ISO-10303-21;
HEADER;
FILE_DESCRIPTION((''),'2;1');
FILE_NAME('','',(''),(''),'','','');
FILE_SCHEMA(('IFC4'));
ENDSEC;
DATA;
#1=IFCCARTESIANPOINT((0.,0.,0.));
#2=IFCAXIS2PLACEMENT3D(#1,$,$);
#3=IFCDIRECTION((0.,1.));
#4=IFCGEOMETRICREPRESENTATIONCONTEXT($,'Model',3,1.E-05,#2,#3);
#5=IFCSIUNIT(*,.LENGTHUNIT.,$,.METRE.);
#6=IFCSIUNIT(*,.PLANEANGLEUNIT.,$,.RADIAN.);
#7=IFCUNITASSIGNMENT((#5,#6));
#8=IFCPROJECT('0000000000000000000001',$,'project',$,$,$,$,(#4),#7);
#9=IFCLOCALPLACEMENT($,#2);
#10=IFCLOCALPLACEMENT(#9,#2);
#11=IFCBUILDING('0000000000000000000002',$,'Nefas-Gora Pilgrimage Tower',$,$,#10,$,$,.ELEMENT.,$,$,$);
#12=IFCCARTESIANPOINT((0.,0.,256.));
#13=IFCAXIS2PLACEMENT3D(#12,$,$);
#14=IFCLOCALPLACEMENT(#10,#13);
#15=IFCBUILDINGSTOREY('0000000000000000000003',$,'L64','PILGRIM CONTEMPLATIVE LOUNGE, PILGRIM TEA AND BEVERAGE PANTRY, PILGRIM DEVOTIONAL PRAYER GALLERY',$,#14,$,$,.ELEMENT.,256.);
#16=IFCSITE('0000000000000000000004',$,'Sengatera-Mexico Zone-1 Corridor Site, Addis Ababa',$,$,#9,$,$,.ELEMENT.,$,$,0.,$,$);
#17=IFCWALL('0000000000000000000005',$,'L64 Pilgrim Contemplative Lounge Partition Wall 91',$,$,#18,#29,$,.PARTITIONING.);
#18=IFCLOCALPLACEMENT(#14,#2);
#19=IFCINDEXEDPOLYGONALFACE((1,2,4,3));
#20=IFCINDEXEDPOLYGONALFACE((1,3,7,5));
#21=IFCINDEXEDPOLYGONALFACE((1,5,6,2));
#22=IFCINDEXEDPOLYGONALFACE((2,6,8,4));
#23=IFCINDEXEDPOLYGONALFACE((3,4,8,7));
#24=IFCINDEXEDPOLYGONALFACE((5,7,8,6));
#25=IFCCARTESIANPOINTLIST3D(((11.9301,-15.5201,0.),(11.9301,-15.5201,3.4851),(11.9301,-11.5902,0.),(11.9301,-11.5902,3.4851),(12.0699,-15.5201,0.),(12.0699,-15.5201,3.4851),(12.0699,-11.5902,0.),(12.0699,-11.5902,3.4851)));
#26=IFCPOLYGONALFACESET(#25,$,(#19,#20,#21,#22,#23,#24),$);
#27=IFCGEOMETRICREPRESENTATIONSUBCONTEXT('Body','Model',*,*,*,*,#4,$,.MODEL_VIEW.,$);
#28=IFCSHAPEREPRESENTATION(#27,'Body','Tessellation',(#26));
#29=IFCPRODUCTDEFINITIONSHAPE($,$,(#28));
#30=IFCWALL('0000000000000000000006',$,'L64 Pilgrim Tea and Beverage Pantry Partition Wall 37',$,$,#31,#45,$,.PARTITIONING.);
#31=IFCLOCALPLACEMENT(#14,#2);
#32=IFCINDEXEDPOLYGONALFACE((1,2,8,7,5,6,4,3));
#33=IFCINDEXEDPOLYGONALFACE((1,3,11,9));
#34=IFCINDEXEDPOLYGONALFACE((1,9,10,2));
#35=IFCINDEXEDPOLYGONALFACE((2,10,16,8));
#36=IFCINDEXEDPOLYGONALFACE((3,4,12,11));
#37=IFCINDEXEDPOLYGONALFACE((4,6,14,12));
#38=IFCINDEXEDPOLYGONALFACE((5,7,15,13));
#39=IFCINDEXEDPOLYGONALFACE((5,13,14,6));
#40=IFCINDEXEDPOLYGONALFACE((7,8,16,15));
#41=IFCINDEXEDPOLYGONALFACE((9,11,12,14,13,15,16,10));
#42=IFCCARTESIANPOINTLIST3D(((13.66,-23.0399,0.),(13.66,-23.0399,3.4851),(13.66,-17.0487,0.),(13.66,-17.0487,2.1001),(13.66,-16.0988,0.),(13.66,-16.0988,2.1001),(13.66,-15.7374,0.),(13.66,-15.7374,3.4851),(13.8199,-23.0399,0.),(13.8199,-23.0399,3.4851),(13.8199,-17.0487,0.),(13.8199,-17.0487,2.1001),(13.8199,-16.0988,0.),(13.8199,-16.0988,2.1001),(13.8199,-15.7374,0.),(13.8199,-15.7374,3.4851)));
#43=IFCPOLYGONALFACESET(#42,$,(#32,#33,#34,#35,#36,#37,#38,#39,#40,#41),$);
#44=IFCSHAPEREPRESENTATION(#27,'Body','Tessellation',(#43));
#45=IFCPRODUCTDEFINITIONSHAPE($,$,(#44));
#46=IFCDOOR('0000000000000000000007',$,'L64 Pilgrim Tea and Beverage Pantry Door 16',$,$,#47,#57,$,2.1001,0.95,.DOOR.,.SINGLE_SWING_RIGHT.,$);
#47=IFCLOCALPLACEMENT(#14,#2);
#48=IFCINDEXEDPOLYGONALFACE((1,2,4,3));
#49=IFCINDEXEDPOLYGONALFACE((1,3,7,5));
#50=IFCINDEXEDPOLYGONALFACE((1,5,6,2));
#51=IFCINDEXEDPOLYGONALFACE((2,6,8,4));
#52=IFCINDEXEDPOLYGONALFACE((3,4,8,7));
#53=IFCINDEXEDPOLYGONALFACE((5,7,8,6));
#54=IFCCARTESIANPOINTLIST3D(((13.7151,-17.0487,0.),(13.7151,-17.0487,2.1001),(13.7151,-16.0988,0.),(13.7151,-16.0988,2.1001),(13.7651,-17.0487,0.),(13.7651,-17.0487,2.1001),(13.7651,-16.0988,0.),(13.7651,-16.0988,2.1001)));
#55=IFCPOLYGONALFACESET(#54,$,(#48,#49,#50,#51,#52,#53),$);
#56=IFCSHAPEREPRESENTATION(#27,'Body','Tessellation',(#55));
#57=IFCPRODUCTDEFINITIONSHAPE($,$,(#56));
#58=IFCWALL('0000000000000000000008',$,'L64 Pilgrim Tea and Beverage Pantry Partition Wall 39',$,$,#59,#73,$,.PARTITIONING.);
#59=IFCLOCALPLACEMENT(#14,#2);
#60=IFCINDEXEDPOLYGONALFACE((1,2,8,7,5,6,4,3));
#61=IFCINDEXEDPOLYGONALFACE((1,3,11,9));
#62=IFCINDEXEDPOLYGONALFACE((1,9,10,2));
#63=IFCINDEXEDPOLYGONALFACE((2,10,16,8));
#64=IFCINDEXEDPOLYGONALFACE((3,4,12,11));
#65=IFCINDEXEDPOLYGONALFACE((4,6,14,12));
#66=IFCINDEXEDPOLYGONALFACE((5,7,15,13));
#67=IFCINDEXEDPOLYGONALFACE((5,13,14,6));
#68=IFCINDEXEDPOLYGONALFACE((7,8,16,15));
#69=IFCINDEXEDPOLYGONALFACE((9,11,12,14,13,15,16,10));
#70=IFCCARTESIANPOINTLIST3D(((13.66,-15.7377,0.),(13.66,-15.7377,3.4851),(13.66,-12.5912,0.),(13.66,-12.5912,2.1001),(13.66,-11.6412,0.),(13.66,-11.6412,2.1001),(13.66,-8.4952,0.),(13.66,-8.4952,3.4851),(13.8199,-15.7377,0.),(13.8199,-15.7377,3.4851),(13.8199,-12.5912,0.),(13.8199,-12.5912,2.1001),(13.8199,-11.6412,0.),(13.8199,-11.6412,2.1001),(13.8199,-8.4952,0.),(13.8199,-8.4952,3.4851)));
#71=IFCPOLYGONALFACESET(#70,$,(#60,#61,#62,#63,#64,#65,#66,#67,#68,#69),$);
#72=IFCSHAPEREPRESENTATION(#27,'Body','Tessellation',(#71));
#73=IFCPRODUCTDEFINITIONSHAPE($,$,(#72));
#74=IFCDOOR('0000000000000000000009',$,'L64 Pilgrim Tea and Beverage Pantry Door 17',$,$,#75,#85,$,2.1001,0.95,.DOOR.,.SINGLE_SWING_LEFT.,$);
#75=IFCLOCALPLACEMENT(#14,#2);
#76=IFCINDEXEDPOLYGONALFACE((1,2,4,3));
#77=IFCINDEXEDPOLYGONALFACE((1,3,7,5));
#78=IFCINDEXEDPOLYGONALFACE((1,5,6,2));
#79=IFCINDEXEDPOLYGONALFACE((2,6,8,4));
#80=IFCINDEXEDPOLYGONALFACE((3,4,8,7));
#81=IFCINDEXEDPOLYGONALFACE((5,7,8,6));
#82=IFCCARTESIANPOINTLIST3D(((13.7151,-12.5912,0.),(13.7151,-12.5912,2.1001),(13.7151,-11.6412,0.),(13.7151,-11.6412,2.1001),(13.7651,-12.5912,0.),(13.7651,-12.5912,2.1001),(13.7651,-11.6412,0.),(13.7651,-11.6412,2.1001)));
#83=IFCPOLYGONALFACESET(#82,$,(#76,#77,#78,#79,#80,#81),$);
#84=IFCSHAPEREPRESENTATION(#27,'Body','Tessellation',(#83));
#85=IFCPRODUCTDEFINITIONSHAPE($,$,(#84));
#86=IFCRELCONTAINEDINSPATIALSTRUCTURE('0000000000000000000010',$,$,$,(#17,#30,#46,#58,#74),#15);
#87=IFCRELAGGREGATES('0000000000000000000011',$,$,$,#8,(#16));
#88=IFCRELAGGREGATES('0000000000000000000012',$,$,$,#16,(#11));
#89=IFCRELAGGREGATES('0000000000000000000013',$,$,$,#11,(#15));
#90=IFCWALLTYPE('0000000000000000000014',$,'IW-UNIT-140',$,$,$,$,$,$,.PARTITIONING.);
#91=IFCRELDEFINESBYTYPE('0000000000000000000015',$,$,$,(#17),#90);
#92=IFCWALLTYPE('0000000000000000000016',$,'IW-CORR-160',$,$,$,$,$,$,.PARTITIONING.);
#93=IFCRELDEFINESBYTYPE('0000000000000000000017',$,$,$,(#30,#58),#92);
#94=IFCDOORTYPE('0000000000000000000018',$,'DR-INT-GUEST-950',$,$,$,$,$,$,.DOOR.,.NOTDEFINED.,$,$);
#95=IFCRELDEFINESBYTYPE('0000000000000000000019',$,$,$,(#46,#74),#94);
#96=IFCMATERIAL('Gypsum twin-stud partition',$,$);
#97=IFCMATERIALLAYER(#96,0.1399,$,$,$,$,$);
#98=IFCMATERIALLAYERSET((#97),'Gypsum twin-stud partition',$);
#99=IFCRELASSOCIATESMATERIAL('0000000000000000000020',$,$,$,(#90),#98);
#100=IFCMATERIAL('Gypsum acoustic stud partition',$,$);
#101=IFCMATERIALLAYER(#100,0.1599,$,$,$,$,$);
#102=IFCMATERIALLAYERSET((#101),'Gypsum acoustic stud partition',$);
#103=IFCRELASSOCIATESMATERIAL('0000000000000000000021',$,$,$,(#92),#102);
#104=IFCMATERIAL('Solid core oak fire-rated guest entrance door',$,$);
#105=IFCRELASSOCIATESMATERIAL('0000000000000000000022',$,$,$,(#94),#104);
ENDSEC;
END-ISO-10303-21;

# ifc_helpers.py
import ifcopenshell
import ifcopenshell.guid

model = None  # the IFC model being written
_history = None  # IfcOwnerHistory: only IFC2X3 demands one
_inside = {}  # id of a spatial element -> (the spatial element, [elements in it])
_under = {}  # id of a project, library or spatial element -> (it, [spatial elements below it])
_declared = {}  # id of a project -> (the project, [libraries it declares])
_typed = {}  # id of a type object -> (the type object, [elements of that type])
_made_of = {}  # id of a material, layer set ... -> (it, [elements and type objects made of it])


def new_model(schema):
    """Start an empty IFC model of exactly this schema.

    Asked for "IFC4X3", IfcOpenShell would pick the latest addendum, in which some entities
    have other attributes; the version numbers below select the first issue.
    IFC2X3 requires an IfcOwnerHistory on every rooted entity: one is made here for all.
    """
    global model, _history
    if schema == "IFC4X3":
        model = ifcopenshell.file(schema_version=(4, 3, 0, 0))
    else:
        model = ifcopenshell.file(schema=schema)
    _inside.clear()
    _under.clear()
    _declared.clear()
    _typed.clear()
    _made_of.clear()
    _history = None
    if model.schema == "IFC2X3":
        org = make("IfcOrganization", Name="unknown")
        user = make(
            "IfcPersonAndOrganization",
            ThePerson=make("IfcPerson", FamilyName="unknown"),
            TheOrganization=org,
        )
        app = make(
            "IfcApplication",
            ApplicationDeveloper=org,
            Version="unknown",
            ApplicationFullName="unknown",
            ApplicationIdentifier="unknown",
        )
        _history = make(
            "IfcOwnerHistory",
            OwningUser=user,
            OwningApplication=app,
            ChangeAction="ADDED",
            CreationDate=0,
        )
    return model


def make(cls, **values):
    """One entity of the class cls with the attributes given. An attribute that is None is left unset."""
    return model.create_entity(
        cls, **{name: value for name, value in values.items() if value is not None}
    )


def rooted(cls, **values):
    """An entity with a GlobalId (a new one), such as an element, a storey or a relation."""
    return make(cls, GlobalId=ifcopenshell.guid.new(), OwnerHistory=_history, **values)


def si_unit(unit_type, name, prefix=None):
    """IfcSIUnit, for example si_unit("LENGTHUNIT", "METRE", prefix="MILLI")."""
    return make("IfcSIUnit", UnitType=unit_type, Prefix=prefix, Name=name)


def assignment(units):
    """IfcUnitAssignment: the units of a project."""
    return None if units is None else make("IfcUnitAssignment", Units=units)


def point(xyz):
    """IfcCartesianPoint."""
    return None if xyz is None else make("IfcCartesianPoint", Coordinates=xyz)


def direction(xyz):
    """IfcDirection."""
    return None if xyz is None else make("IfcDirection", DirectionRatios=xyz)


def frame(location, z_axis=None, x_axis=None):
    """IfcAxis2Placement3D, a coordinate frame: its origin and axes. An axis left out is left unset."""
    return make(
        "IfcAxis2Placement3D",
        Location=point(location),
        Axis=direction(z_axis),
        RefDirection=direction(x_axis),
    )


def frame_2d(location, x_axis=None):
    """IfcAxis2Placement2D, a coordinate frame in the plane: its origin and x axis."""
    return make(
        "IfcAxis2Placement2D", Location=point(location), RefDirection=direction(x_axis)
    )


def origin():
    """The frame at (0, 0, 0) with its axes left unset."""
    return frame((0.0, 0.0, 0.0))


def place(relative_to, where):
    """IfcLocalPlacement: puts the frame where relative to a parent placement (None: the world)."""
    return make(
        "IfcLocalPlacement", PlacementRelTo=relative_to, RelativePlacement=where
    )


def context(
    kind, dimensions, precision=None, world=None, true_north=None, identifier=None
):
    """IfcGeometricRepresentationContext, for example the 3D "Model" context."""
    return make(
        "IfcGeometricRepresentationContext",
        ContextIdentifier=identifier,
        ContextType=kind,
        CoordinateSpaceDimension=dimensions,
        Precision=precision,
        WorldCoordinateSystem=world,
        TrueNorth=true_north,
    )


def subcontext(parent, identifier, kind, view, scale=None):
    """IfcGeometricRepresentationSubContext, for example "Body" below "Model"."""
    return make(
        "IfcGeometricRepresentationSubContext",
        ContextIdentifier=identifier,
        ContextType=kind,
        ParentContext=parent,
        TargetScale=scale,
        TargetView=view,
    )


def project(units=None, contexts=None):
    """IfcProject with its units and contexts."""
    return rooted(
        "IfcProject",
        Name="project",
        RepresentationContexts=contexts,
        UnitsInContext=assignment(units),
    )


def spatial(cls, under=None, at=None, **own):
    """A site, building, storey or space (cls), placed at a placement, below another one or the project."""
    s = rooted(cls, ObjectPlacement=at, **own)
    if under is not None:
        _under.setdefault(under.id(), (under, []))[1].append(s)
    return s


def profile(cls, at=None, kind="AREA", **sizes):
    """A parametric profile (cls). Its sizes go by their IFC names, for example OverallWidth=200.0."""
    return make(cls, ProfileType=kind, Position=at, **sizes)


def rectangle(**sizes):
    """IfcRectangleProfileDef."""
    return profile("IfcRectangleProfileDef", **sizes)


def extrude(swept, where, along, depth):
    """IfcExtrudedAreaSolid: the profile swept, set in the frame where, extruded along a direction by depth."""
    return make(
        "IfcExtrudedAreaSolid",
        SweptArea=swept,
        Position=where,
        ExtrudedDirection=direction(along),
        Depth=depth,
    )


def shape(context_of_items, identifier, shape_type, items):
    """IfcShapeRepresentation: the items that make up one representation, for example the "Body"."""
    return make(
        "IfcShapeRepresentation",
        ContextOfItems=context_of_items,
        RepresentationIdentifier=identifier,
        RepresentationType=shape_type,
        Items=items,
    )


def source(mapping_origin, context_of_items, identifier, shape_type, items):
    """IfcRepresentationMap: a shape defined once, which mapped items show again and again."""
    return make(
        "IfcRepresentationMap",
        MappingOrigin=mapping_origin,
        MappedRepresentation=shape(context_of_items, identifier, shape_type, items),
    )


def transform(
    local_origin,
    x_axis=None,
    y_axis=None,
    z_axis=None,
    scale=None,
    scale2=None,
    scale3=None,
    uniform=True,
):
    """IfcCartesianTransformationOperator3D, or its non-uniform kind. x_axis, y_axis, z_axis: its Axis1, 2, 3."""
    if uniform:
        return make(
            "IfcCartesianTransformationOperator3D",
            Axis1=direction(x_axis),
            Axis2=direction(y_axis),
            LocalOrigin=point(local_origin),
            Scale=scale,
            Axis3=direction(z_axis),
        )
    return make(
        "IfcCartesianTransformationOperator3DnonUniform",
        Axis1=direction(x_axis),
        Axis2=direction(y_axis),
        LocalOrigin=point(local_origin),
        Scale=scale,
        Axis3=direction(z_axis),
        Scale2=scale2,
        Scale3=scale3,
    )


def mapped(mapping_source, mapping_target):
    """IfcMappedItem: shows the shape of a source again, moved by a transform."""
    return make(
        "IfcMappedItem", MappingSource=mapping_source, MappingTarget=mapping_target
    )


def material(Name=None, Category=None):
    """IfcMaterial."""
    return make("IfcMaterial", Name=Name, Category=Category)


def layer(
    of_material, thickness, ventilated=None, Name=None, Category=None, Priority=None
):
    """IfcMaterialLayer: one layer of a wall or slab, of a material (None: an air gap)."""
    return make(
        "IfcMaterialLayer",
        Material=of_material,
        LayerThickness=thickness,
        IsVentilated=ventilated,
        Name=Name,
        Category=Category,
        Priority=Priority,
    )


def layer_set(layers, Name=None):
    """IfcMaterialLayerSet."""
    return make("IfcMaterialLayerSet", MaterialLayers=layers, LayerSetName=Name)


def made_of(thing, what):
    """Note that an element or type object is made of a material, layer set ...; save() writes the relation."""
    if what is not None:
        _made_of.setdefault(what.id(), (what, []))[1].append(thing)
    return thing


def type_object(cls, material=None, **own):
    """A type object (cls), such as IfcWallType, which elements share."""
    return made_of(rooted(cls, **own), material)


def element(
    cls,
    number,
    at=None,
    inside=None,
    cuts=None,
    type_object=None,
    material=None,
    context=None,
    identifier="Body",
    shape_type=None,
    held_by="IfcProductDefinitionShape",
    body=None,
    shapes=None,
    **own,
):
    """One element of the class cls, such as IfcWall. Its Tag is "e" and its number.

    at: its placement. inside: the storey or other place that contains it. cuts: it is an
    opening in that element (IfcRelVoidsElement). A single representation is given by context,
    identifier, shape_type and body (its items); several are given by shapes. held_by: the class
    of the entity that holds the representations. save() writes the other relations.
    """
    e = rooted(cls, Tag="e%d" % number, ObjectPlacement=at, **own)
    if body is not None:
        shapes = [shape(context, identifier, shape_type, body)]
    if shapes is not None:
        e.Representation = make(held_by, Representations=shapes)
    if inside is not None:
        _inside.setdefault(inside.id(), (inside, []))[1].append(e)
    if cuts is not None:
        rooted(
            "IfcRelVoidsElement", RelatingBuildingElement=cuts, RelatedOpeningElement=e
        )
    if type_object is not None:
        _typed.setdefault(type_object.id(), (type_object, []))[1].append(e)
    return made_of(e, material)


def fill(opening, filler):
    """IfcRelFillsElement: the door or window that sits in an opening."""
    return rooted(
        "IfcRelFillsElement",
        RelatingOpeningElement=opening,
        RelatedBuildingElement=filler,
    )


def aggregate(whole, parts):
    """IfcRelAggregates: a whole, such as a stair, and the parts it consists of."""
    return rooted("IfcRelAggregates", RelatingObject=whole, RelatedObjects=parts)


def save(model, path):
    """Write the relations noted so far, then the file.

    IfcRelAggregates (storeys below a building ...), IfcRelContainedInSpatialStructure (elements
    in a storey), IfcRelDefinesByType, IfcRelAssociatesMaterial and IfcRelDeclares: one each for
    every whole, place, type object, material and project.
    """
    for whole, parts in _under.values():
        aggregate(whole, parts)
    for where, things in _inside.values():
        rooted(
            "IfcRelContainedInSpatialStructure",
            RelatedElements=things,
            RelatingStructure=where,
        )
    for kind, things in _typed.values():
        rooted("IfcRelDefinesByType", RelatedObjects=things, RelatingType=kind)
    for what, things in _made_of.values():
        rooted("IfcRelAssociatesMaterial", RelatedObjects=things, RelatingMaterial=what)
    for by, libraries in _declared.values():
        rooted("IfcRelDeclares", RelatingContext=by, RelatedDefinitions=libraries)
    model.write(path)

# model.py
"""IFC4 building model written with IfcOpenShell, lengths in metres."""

from ifc_helpers import new_model, si_unit, direction, frame, frame_2d, origin, place, context, subcontext, project, spatial, rectangle, extrude, source, transform, mapped, material, layer, layer_set, type_object, element, fill, save


model = new_model("IFC4")

# Units and contexts
model_context = context("Model", 3, precision=1e-05, world=origin(), true_north=direction((0.0, 1.0)))
body_context = subcontext(model_context, "Body", "Model", "MODEL_VIEW")
ifc_project = project(units=[si_unit("LENGTHUNIT", "METRE"), si_unit("PLANEANGLEUNIT", "RADIAN")], contexts=[model_context])

# Site, building, storey
site_placement = place(None, origin())
site = spatial("IfcSite", under=ifc_project, at=site_placement, Name="Sengatera-Mexico Zone-1 Corridor Site, Addis Ababa", CompositionType="ELEMENT", RefElevation=0.0)
building_placement = place(site_placement, origin())
building = spatial("IfcBuilding", under=site, at=building_placement, Name="Nefas-Gora Pilgrimage Tower", CompositionType="ELEMENT")
storey_placement = place(building_placement, frame((0.0, 0.0, 256.0)))
storey = spatial("IfcBuildingStorey", under=building, at=storey_placement, Name="L64", Description="PILGRIM CONTEMPLATIVE LOUNGE, PILGRIM TEA AND BEVERAGE PANTRY, PILGRIM DEVOTIONAL PRAYER GALLERY", CompositionType="ELEMENT", Elevation=256.0)

# Wall
ifc_material_1 = material(Name="Gypsum twin-stud partition")
ifc_layer_1 = layer(ifc_material_1, 0.1399)
ifc_layer_set_1 = layer_set([ifc_layer_1], Name="Gypsum twin-stud partition")
wall_type_1 = type_object("IfcWallType", Name="IW-UNIT-140", PredefinedType="PARTITIONING", material=ifc_layer_set_1)
shared_shape_1 = source(origin(), body_context, "Body", "SweptSolid", [
    extrude(rectangle(XDim=3.9299, YDim=0.1399, at=frame_2d((1.9648, 0.0))), origin(), (0.0, 0.0, 1.0), 3.4851),
])
wall_1_placement = place(storey_placement, frame((12.0, -15.52, 0.0), z_axis=(0.0, 0.0, 1.0), x_axis=(0.0, 1.0, 0.0)))
element("IfcWall", 1, at=wall_1_placement, inside=storey, type_object=wall_type_1, Name="L64 Pilgrim Contemplative Lounge Partition Wall 91", PredefinedType="PARTITIONING", context=body_context, shape_type="MappedRepresentation", body=[
    mapped(shared_shape_1, transform((0.0, 0.0, 0.0), x_axis=(1.0, 0.0, 0.0), y_axis=(0.0, 1.0, 0.0), z_axis=(0.0, 0.0, 1.0), scale=1.0)),
])

# Walls, openings, doors
ifc_material_2 = material(Name="Gypsum acoustic stud partition")
ifc_layer_2 = layer(ifc_material_2, 0.1599)
ifc_layer_set_2 = layer_set([ifc_layer_2], Name="Gypsum acoustic stud partition")
wall_type_2 = type_object("IfcWallType", Name="IW-CORR-160", PredefinedType="PARTITIONING", material=ifc_layer_set_2)
shared_shape_2 = source(origin(), body_context, "Body", "SweptSolid", [
    extrude(rectangle(XDim=7.3025, YDim=0.1599, at=frame_2d((3.6514, 0.0))), origin(), (0.0, 0.0, 1.0), 3.4851),
])
wall_2_placement = place(storey_placement, frame((13.74, -23.04, 0.0), z_axis=(0.0, 0.0, 1.0), x_axis=(0.0, 1.0, 0.0)))
wall_2 = element("IfcWall", 2, at=wall_2_placement, inside=storey, type_object=wall_type_2, Name="L64 Pilgrim Tea and Beverage Pantry Partition Wall 37", PredefinedType="PARTITIONING", context=body_context, shape_type="MappedRepresentation", body=[
    mapped(shared_shape_2, transform((0.0, 0.0, 0.0), x_axis=(1.0, 0.0, 0.0), y_axis=(0.0, 1.0, 0.0), z_axis=(0.0, 0.0, 1.0), scale=1.0)),
])
opening_1_placement = place(wall_2_placement, frame((5.9912, 0.0, 0.0)))
opening_1 = element("IfcOpeningElement", 3, at=opening_1_placement, cuts=wall_2, PredefinedType="OPENING", context=body_context, shape_type="SweptSolid", body=[
    extrude(rectangle(XDim=0.95, YDim=2.1001, at=frame_2d((0.4751, 1.05))), frame((0.0, 0.0898, 0.0), z_axis=(0.0, -1.0, 0.0), x_axis=(1.0, 0.0, 0.0)), (0.0, 0.0, 1.0), 0.1799),
])
ifc_material_3 = material(Name="Solid core oak fire-rated guest entrance door")
door_type = type_object("IfcDoorType", Name="DR-INT-GUEST-950", OperationType="NOTDEFINED", PredefinedType="DOOR", material=ifc_material_3)
shared_shape_3 = source(origin(), body_context, "Body", "SweptSolid", [
    extrude(rectangle(XDim=0.95, YDim=2.1001, at=frame_2d((0.4751, 1.05))), frame((0.0, 0.0249, 0.0), z_axis=(0.0, -1.0, 0.0), x_axis=(1.0, 0.0, 0.0)), (0.0, 0.0, 1.0), 0.05),
])
door_1_placement = place(opening_1_placement, origin())
door_1 = element("IfcDoor", 4, at=door_1_placement, inside=storey, type_object=door_type, Name="L64 Pilgrim Tea and Beverage Pantry Door 16", OperationType="SINGLE_SWING_RIGHT", OverallHeight=2.1001, OverallWidth=0.95, PredefinedType="DOOR", context=body_context, shape_type="MappedRepresentation", body=[
    mapped(shared_shape_3, transform((0.0, 0.0, 0.0), x_axis=(1.0, 0.0, 0.0), y_axis=(0.0, 1.0, 0.0), z_axis=(0.0, 0.0, 1.0), scale=1.0)),
])
fill(opening_1, door_1)
shared_shape_4 = source(origin(), body_context, "Body", "SweptSolid", [
    extrude(rectangle(XDim=7.2424, YDim=0.1599, at=frame_2d((3.6211, 0.0))), origin(), (0.0, 0.0, 1.0), 3.4851),
])
wall_3_placement = place(storey_placement, frame((13.74, -15.7375, 0.0), z_axis=(0.0, 0.0, 1.0), x_axis=(0.0, 1.0, 0.0)))
wall_3 = element("IfcWall", 5, at=wall_3_placement, inside=storey, type_object=wall_type_2, Name="L64 Pilgrim Tea and Beverage Pantry Partition Wall 39", PredefinedType="PARTITIONING", context=body_context, shape_type="MappedRepresentation", body=[
    mapped(shared_shape_4, transform((0.0, 0.0, 0.0), x_axis=(1.0, 0.0, 0.0), y_axis=(0.0, 1.0, 0.0), z_axis=(0.0, 0.0, 1.0), scale=1.0)),
])
opening_2_placement = place(wall_3_placement, frame((3.1462, 0.0, 0.0)))
opening_2 = element("IfcOpeningElement", 6, at=opening_2_placement, cuts=wall_3, PredefinedType="OPENING", context=body_context, shape_type="SweptSolid", body=[
    extrude(rectangle(XDim=0.95, YDim=2.1001, at=frame_2d((0.4751, 1.05))), frame((0.0, 0.0898, 0.0), z_axis=(0.0, -1.0, 0.0), x_axis=(1.0, 0.0, 0.0)), (0.0, 0.0, 1.0), 0.1799),
])
door_2_placement = place(opening_2_placement, origin())
door_2 = element("IfcDoor", 7, at=door_2_placement, inside=storey, type_object=door_type, Name="L64 Pilgrim Tea and Beverage Pantry Door 17", OperationType="SINGLE_SWING_LEFT", OverallHeight=2.1001, OverallWidth=0.95, PredefinedType="DOOR", context=body_context, shape_type="MappedRepresentation", body=[
    mapped(shared_shape_3, transform((0.0, 0.0, 0.0), x_axis=(1.0, 0.0, 0.0), y_axis=(0.0, 1.0, 0.0), z_axis=(0.0, 0.0, 1.0), scale=1.0)),
])
fill(opening_2, door_2)

save(model, "model.ifc")
